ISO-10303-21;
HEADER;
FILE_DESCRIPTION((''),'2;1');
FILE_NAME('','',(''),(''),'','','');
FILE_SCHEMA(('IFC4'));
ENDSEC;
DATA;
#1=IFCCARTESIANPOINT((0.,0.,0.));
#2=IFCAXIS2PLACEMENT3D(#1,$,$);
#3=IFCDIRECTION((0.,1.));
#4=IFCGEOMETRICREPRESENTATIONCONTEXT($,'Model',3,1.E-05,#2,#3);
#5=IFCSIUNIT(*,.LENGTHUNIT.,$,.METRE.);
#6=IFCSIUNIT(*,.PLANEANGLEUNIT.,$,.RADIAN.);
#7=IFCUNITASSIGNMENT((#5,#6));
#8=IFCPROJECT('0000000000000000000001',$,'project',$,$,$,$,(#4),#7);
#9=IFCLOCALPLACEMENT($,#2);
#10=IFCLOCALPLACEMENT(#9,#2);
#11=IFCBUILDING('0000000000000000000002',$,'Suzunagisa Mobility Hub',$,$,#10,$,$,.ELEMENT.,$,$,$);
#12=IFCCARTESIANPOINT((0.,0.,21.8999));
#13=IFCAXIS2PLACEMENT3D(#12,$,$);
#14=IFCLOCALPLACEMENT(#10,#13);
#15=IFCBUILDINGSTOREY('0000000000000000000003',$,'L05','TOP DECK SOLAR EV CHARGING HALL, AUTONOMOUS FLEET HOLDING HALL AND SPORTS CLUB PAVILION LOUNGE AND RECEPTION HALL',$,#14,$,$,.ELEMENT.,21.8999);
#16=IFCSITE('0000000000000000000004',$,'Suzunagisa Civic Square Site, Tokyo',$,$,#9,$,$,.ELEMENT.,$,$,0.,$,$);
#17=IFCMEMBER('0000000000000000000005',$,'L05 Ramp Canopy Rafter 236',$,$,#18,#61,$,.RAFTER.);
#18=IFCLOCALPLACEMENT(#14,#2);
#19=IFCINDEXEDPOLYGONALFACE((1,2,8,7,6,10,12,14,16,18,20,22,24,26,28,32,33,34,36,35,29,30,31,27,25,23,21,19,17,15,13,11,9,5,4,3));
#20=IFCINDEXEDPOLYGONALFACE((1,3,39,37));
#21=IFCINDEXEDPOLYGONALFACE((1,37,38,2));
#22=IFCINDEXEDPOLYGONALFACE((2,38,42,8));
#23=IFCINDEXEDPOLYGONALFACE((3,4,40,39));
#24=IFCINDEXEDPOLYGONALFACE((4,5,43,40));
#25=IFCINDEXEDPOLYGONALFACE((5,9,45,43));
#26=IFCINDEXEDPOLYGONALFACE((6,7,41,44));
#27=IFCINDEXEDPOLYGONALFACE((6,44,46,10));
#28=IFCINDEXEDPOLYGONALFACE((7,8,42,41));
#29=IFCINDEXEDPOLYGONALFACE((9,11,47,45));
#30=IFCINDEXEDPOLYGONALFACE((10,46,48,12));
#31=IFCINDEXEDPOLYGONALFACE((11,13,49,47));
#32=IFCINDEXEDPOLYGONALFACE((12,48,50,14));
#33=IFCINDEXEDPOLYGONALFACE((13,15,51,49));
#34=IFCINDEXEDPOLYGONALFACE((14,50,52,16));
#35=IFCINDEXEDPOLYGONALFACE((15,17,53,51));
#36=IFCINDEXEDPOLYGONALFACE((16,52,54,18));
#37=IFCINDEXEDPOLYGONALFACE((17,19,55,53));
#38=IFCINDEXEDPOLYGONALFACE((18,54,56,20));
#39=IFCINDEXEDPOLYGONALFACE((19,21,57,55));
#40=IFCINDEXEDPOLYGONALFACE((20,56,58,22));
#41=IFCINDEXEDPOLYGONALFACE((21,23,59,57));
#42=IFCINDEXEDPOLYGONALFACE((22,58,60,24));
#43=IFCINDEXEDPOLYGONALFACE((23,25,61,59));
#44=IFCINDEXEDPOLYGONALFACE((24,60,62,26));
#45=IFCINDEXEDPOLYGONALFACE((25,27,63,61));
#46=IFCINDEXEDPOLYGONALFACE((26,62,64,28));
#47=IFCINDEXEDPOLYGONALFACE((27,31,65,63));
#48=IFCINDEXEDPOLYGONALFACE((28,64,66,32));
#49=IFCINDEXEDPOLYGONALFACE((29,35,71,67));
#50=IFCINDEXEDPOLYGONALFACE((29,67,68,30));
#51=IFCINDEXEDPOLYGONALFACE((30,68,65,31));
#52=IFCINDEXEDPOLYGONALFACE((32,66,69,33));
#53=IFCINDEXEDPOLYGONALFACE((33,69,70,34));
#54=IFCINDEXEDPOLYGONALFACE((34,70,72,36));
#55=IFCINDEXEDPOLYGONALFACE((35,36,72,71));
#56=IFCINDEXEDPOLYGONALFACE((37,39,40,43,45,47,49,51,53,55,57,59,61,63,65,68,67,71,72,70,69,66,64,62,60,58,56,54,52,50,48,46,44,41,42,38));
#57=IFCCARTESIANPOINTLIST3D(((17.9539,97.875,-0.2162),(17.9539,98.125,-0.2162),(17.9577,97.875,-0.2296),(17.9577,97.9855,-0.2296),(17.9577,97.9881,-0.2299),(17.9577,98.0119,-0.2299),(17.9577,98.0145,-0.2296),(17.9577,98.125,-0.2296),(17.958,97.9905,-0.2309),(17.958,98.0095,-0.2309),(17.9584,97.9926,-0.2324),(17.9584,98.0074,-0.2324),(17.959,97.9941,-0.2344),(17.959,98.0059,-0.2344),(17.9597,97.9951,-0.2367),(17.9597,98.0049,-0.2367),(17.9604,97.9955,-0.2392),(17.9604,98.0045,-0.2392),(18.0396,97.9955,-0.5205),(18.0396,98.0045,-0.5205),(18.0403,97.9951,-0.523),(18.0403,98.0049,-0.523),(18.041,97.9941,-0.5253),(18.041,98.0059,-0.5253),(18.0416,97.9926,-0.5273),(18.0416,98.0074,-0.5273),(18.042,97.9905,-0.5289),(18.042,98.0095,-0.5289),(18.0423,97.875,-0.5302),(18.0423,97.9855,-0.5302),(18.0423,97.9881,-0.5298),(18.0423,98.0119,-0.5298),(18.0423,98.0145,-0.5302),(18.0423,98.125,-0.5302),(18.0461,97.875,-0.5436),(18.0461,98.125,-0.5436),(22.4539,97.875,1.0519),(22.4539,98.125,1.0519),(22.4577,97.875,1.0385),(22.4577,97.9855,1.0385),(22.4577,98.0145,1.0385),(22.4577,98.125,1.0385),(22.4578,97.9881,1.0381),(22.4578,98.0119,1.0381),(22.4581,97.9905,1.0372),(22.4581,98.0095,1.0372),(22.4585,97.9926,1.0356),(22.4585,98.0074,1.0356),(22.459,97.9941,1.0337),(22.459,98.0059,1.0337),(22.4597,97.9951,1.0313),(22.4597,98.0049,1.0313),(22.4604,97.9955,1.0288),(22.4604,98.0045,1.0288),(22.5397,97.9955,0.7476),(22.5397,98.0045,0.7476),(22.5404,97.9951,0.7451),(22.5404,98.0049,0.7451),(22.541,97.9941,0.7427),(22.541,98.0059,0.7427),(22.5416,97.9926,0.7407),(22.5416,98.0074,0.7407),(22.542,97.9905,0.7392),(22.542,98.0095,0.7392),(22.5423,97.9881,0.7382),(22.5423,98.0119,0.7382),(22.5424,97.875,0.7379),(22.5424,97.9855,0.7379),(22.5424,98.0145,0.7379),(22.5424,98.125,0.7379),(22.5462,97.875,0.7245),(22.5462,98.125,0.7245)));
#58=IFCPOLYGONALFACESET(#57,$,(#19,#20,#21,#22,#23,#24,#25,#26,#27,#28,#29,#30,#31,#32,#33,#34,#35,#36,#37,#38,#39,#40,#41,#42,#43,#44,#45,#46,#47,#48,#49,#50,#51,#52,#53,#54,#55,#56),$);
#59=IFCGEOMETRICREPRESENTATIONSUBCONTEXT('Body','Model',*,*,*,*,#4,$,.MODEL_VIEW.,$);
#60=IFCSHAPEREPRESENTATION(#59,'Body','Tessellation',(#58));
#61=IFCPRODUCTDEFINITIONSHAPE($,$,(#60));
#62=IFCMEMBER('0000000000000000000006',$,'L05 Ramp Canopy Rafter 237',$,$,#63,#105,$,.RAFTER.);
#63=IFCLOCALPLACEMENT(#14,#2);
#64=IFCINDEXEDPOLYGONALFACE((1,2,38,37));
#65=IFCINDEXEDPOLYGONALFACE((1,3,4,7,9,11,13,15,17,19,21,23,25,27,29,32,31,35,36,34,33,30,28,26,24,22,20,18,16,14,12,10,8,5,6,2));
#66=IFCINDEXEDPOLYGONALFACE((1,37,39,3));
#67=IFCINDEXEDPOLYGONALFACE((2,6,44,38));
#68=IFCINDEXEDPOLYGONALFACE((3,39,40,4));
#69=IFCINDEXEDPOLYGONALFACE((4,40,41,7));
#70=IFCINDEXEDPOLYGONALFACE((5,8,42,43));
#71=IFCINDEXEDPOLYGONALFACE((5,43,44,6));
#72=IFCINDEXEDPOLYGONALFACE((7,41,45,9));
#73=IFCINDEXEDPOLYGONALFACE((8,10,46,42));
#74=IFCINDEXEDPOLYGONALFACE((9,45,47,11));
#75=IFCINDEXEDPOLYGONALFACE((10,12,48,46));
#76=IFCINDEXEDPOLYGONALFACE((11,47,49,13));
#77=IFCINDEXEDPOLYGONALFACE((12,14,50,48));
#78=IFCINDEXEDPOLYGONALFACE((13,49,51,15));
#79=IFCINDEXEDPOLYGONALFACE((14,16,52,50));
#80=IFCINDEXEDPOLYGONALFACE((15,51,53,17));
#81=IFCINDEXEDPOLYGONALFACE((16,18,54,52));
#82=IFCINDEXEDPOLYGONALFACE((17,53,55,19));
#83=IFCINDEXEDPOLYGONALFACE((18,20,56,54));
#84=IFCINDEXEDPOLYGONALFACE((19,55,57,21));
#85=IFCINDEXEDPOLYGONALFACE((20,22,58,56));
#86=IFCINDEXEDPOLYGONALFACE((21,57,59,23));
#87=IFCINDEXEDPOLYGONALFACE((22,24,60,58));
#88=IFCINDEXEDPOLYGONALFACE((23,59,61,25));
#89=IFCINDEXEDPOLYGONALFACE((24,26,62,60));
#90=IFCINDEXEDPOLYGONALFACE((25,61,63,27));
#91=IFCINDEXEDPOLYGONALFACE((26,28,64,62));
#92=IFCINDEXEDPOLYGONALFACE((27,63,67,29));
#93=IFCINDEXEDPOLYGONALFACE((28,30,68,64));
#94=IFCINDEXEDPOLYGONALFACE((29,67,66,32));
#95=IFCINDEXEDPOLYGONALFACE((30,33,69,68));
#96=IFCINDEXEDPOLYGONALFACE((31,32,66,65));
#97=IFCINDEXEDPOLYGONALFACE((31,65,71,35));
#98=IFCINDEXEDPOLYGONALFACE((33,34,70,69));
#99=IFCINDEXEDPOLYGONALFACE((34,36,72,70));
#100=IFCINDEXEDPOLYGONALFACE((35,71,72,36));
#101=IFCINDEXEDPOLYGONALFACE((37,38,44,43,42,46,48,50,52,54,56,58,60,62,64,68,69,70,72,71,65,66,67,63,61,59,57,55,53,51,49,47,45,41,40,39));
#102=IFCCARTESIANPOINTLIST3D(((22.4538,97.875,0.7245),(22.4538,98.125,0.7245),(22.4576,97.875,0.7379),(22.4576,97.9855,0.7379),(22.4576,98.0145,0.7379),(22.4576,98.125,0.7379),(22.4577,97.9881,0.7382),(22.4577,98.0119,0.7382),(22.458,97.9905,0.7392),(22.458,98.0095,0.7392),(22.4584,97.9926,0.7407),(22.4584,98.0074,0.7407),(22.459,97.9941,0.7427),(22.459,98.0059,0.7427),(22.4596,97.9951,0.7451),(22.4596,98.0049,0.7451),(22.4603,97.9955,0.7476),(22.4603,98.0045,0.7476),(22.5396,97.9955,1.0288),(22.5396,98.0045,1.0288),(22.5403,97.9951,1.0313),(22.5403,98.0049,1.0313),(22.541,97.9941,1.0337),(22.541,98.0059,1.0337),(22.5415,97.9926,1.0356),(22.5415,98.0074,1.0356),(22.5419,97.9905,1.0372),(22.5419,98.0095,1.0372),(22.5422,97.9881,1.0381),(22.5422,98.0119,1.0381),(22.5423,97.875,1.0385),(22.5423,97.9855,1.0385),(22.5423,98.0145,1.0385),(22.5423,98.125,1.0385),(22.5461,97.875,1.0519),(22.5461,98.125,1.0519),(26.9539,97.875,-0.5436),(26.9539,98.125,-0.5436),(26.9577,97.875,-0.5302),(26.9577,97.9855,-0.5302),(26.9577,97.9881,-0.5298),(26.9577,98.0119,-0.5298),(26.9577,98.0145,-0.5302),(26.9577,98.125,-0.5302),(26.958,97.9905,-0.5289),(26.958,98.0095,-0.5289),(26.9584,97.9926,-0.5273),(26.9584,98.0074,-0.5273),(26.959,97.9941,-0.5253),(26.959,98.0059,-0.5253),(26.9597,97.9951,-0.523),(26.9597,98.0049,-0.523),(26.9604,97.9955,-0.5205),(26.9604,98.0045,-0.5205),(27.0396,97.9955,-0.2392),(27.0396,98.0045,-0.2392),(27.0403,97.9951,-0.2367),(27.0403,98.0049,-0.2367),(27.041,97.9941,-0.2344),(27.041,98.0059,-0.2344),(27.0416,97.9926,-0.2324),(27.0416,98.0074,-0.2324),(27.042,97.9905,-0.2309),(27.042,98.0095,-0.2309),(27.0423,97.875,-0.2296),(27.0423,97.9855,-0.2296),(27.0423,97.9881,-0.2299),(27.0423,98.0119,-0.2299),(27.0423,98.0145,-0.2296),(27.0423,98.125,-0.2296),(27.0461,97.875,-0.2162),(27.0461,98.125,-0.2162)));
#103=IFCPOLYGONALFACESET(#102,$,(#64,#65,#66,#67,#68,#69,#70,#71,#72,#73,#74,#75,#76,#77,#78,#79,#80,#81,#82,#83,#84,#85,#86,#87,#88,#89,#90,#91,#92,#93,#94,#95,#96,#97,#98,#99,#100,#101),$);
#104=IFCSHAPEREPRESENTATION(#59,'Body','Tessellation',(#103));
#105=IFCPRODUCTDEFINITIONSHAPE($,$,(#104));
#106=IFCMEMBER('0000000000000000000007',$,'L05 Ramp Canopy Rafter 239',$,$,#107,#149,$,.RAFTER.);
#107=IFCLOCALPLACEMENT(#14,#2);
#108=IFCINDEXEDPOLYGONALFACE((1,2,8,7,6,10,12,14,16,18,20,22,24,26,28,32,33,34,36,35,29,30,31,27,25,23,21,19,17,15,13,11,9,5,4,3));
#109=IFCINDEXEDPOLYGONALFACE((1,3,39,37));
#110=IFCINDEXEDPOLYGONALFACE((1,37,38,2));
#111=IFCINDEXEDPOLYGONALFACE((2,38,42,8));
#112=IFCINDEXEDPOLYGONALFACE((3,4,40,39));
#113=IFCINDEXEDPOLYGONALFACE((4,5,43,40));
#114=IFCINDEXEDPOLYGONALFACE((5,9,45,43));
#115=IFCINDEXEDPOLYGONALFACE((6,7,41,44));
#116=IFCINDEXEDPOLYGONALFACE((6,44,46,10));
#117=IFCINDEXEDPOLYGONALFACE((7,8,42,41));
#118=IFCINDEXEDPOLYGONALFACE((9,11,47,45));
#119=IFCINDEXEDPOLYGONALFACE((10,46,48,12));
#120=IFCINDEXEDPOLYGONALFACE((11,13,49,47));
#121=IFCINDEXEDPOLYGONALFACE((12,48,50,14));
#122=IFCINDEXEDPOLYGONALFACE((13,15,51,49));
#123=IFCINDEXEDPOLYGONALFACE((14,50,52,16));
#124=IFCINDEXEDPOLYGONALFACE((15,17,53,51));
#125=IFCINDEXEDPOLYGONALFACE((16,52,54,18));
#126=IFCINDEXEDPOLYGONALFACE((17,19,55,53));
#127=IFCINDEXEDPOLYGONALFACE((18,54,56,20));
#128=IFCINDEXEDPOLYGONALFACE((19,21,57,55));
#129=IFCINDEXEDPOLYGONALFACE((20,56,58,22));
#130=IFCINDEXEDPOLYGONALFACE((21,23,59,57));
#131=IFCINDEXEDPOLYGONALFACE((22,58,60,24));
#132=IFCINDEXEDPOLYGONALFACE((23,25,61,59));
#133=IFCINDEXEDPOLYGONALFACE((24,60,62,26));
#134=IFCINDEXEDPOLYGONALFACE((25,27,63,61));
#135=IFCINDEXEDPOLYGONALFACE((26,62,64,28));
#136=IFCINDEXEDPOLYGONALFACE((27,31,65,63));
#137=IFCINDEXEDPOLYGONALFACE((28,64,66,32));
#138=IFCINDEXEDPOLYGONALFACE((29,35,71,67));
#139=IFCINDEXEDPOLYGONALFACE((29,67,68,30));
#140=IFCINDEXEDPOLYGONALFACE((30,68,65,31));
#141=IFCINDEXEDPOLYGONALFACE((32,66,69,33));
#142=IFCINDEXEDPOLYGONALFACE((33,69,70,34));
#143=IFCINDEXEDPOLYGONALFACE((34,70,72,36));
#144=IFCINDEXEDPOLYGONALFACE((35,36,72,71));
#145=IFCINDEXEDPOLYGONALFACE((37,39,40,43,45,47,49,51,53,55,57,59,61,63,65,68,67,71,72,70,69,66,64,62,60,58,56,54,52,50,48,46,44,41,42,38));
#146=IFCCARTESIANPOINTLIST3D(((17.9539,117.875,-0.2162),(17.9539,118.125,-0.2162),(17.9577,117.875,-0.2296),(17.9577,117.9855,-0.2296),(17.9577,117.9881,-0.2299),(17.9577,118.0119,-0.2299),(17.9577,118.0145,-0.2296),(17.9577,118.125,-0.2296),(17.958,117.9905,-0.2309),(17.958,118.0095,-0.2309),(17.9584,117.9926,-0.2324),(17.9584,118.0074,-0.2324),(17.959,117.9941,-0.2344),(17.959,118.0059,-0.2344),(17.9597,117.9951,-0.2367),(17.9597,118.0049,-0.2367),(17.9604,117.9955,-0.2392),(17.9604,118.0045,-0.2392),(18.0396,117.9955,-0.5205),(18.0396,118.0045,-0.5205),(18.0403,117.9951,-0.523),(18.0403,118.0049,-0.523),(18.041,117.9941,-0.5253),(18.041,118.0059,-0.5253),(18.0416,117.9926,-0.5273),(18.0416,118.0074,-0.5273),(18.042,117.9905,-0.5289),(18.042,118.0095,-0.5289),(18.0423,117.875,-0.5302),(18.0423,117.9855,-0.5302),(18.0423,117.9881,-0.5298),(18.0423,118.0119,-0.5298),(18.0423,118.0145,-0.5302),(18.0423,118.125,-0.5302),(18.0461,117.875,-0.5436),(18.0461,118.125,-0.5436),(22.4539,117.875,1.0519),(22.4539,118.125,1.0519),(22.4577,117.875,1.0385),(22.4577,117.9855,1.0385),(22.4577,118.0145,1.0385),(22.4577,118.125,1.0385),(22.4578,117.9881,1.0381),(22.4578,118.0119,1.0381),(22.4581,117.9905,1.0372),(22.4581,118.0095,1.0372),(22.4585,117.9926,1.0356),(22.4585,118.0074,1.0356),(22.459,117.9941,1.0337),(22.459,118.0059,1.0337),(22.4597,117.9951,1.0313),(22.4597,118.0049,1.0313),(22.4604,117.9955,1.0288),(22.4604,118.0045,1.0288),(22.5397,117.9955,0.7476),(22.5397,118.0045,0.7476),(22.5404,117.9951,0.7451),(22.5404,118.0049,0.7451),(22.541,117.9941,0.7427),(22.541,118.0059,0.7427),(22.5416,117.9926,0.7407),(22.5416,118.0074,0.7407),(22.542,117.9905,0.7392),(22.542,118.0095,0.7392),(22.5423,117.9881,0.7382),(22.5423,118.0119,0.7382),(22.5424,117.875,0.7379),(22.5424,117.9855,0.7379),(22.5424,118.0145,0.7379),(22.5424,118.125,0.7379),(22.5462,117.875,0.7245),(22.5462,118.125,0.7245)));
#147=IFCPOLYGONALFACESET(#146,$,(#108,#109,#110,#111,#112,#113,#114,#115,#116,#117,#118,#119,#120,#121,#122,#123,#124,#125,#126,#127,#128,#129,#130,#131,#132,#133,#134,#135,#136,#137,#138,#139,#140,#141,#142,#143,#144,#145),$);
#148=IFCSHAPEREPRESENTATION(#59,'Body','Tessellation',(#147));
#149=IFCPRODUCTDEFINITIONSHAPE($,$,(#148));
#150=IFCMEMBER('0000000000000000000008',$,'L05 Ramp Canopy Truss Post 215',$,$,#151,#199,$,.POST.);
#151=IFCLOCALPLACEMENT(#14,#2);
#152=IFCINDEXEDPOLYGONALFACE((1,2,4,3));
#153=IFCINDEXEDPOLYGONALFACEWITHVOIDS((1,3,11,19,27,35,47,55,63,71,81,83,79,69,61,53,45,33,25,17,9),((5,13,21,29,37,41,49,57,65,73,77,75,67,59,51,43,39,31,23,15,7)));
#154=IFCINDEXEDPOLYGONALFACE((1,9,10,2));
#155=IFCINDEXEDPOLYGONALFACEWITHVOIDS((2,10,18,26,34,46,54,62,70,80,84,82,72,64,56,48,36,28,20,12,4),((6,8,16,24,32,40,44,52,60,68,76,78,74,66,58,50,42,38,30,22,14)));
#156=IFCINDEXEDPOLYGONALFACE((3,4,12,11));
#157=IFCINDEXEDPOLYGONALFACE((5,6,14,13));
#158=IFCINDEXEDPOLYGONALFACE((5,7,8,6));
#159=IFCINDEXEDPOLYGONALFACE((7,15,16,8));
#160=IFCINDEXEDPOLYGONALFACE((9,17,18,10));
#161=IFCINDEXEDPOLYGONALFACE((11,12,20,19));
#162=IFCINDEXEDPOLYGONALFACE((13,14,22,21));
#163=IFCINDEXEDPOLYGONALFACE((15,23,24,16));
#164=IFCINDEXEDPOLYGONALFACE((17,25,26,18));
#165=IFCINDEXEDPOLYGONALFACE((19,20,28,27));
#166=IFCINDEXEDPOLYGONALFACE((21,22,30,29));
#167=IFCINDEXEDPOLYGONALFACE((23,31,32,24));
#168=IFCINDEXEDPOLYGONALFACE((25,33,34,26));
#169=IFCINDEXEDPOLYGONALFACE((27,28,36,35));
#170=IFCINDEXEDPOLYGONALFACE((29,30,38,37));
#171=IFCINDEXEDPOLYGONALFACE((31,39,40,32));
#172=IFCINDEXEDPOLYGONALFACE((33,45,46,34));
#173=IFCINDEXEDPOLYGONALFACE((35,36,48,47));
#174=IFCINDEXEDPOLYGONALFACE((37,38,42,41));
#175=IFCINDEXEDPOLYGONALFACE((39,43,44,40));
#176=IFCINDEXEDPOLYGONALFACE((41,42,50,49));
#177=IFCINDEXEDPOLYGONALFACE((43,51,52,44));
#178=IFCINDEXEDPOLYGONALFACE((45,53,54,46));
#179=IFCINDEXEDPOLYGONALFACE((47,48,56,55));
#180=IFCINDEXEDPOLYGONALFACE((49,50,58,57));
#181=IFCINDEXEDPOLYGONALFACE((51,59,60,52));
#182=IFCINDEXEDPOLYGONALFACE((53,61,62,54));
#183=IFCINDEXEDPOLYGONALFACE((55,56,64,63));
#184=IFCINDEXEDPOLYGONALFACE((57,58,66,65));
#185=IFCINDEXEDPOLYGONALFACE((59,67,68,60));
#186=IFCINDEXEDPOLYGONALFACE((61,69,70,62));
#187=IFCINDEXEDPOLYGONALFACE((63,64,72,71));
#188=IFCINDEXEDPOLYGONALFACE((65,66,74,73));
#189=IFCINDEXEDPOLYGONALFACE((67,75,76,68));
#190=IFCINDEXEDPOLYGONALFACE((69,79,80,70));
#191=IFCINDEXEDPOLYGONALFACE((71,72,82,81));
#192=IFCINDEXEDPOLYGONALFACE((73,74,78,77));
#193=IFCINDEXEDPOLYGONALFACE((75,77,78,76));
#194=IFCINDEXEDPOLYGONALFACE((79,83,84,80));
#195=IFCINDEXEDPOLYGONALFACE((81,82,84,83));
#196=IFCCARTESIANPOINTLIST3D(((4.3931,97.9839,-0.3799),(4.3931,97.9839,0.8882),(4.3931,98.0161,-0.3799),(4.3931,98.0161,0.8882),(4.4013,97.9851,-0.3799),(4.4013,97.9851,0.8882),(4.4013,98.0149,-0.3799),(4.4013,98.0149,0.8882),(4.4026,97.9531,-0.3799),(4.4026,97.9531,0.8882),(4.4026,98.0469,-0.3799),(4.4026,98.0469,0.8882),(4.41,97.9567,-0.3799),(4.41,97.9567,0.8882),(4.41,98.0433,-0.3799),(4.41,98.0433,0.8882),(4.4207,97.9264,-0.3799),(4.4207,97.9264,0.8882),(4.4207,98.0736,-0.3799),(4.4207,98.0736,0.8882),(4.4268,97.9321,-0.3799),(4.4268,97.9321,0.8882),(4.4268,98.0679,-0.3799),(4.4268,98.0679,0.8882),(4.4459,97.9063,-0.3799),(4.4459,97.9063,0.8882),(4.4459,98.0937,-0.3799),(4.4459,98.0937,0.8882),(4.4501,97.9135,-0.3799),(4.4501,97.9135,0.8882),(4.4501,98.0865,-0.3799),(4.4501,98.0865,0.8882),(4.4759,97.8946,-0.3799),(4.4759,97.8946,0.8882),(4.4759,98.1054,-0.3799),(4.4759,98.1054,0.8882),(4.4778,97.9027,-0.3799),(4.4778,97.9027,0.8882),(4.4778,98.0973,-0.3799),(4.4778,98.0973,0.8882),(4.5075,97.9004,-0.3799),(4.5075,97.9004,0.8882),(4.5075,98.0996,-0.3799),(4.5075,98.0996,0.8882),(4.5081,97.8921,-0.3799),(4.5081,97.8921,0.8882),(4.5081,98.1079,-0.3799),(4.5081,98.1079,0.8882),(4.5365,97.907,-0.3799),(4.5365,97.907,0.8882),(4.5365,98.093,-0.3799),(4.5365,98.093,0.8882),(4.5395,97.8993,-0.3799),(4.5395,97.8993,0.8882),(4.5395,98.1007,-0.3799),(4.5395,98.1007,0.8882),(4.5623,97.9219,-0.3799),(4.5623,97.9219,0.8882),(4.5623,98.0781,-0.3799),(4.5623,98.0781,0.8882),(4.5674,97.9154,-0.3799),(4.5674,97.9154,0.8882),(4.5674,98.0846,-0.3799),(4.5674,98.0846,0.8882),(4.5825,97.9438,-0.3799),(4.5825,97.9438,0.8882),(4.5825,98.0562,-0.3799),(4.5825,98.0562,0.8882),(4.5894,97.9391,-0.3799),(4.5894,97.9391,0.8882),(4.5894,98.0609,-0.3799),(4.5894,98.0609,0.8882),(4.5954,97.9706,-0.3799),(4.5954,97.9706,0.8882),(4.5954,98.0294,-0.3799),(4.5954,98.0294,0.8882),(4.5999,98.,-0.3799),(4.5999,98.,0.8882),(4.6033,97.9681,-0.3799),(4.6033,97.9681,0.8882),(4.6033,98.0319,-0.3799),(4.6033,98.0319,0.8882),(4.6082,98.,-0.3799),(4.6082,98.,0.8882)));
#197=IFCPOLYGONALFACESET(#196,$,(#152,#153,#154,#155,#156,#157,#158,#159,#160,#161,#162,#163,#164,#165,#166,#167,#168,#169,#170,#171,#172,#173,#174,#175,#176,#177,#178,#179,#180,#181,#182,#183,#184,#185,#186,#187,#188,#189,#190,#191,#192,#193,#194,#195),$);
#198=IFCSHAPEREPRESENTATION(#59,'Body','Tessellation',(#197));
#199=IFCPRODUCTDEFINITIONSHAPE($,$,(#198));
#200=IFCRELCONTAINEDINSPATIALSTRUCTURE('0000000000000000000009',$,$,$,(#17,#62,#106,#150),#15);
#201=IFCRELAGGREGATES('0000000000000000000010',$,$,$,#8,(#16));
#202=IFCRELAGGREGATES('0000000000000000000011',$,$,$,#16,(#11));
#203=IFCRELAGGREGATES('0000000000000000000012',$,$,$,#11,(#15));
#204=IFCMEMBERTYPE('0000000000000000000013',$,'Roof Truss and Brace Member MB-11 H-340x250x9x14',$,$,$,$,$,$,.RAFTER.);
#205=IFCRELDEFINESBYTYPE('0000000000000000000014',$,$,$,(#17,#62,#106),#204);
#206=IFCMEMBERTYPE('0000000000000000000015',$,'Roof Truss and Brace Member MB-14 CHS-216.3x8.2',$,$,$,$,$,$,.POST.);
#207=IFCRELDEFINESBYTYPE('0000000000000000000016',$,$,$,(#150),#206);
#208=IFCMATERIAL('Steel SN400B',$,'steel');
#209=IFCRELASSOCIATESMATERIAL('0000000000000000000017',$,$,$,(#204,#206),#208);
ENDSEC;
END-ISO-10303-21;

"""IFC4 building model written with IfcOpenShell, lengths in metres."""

from ifc_helpers import new_model, si_unit, direction, frame, origin, origin_2d, place, context, subcontext, project, spatial, hollow_circle, i_section, extrude, material, material_profile, profile_set, type_object, element, save


model = new_model("IFC4")

# Units and contexts
model_context = context("Model", 3, precision=1e-05, world=origin(), true_north=direction((0.0, 1.0)))
body_context = subcontext(model_context, "Body", "Model", "MODEL_VIEW")
ifc_project = project(units=[si_unit("LENGTHUNIT", "METRE"), si_unit("PLANEANGLEUNIT", "RADIAN")], contexts=[model_context])

# Site, building, storey
site_placement = place(None, origin())
site = spatial("IfcSite", under=ifc_project, at=site_placement, Name="Suzunagisa Civic Square Site, Tokyo", CompositionType="ELEMENT", RefElevation=0.0)
building_placement = place(site_placement, origin())
building = spatial("IfcBuilding", under=site, at=building_placement, Name="Suzunagisa Mobility Hub", CompositionType="ELEMENT")
storey_placement = place(building_placement, frame((0.0, 0.0, 21.8999)))
storey = spatial("IfcBuildingStorey", under=building, at=storey_placement, Name="L05", Description="TOP DECK SOLAR EV CHARGING HALL, AUTONOMOUS FLEET HOLDING HALL AND SPORTS CLUB PAVILION LOUNGE AND RECEPTION HALL", CompositionType="ELEMENT", Elevation=21.8999)

# Members
ifc_material_1 = material(Name="Steel SN400B", Category="steel")
ifc_material_profile_1 = material_profile(ifc_material_1, i_section(OverallWidth=0.25, OverallDepth=0.3401, WebThickness=0.009, FlangeThickness=0.0139, FilletRadius=0.01, at=origin_2d()), Name="H-340x250x9x14")
ifc_profile_set_1 = profile_set([ifc_material_profile_1], Name="Steel SN400B")
member_type_1 = type_object("IfcMemberType", Name="Roof Truss and Brace Member MB-11 H-340x250x9x14", PredefinedType="RAFTER", material=ifc_profile_set_1)
for number, where, z_axis, x_axis, name in (
    (1, (18.0, 98.0, -0.3799), (0.962515, 0.0, 0.271229), (0.0, 1.0, 0.0), "L05 Ramp Canopy Rafter 236"),
    (2, (27.0, 98.0, -0.3799), (-0.962515, 0.0, 0.271229), (0.0, -1.0, 0.0), "L05 Ramp Canopy Rafter 237"),
    (3, (18.0, 118.0, -0.3799), (0.962515, 0.0, 0.271229), (0.0, 1.0, 0.0), "L05 Ramp Canopy Rafter 239"),
):
    element("IfcMember", number, at=place(storey_placement, frame(where, z_axis=z_axis, x_axis=x_axis)), inside=storey, type_object=member_type_1, Name=name, PredefinedType="RAFTER", context=body_context, shape_type="SweptSolid", body=[
        extrude(i_section(OverallWidth=0.25, OverallDepth=0.3401, WebThickness=0.009, FlangeThickness=0.0139, FilletRadius=0.01, at=origin_2d()), origin(), (0.0, 0.0, 1.0), 4.6753),
    ])
ifc_material_profile_2 = material_profile(ifc_material_1, hollow_circle(Radius=0.1082, WallThickness=0.0083, at=origin_2d()), Name="CHS-216.3x8.2")
ifc_profile_set_2 = profile_set([ifc_material_profile_2], Name="Steel SN400B")
member_type_2 = type_object("IfcMemberType", Name="Roof Truss and Brace Member MB-14 CHS-216.3x8.2", PredefinedType="POST", material=ifc_profile_set_2)
for number, where, z_axis, x_axis, name in (
    (4, (4.5, 98.0, -0.3799), (0.0, 0.0, 1.0), (1.0, 0.0, 0.0), "L05 Ramp Canopy Truss Post 215"),
):
    element("IfcMember", number, at=place(storey_placement, frame(where, z_axis=z_axis, x_axis=x_axis)), inside=storey, type_object=member_type_2, Name=name, PredefinedType="POST", context=body_context, shape_type="SweptSolid", body=[
        extrude(hollow_circle(Radius=0.1082, WallThickness=0.0083, at=origin_2d()), origin(), (0.0, 0.0, 1.0), 1.2681),
    ])

save(model, "model.ifc")
